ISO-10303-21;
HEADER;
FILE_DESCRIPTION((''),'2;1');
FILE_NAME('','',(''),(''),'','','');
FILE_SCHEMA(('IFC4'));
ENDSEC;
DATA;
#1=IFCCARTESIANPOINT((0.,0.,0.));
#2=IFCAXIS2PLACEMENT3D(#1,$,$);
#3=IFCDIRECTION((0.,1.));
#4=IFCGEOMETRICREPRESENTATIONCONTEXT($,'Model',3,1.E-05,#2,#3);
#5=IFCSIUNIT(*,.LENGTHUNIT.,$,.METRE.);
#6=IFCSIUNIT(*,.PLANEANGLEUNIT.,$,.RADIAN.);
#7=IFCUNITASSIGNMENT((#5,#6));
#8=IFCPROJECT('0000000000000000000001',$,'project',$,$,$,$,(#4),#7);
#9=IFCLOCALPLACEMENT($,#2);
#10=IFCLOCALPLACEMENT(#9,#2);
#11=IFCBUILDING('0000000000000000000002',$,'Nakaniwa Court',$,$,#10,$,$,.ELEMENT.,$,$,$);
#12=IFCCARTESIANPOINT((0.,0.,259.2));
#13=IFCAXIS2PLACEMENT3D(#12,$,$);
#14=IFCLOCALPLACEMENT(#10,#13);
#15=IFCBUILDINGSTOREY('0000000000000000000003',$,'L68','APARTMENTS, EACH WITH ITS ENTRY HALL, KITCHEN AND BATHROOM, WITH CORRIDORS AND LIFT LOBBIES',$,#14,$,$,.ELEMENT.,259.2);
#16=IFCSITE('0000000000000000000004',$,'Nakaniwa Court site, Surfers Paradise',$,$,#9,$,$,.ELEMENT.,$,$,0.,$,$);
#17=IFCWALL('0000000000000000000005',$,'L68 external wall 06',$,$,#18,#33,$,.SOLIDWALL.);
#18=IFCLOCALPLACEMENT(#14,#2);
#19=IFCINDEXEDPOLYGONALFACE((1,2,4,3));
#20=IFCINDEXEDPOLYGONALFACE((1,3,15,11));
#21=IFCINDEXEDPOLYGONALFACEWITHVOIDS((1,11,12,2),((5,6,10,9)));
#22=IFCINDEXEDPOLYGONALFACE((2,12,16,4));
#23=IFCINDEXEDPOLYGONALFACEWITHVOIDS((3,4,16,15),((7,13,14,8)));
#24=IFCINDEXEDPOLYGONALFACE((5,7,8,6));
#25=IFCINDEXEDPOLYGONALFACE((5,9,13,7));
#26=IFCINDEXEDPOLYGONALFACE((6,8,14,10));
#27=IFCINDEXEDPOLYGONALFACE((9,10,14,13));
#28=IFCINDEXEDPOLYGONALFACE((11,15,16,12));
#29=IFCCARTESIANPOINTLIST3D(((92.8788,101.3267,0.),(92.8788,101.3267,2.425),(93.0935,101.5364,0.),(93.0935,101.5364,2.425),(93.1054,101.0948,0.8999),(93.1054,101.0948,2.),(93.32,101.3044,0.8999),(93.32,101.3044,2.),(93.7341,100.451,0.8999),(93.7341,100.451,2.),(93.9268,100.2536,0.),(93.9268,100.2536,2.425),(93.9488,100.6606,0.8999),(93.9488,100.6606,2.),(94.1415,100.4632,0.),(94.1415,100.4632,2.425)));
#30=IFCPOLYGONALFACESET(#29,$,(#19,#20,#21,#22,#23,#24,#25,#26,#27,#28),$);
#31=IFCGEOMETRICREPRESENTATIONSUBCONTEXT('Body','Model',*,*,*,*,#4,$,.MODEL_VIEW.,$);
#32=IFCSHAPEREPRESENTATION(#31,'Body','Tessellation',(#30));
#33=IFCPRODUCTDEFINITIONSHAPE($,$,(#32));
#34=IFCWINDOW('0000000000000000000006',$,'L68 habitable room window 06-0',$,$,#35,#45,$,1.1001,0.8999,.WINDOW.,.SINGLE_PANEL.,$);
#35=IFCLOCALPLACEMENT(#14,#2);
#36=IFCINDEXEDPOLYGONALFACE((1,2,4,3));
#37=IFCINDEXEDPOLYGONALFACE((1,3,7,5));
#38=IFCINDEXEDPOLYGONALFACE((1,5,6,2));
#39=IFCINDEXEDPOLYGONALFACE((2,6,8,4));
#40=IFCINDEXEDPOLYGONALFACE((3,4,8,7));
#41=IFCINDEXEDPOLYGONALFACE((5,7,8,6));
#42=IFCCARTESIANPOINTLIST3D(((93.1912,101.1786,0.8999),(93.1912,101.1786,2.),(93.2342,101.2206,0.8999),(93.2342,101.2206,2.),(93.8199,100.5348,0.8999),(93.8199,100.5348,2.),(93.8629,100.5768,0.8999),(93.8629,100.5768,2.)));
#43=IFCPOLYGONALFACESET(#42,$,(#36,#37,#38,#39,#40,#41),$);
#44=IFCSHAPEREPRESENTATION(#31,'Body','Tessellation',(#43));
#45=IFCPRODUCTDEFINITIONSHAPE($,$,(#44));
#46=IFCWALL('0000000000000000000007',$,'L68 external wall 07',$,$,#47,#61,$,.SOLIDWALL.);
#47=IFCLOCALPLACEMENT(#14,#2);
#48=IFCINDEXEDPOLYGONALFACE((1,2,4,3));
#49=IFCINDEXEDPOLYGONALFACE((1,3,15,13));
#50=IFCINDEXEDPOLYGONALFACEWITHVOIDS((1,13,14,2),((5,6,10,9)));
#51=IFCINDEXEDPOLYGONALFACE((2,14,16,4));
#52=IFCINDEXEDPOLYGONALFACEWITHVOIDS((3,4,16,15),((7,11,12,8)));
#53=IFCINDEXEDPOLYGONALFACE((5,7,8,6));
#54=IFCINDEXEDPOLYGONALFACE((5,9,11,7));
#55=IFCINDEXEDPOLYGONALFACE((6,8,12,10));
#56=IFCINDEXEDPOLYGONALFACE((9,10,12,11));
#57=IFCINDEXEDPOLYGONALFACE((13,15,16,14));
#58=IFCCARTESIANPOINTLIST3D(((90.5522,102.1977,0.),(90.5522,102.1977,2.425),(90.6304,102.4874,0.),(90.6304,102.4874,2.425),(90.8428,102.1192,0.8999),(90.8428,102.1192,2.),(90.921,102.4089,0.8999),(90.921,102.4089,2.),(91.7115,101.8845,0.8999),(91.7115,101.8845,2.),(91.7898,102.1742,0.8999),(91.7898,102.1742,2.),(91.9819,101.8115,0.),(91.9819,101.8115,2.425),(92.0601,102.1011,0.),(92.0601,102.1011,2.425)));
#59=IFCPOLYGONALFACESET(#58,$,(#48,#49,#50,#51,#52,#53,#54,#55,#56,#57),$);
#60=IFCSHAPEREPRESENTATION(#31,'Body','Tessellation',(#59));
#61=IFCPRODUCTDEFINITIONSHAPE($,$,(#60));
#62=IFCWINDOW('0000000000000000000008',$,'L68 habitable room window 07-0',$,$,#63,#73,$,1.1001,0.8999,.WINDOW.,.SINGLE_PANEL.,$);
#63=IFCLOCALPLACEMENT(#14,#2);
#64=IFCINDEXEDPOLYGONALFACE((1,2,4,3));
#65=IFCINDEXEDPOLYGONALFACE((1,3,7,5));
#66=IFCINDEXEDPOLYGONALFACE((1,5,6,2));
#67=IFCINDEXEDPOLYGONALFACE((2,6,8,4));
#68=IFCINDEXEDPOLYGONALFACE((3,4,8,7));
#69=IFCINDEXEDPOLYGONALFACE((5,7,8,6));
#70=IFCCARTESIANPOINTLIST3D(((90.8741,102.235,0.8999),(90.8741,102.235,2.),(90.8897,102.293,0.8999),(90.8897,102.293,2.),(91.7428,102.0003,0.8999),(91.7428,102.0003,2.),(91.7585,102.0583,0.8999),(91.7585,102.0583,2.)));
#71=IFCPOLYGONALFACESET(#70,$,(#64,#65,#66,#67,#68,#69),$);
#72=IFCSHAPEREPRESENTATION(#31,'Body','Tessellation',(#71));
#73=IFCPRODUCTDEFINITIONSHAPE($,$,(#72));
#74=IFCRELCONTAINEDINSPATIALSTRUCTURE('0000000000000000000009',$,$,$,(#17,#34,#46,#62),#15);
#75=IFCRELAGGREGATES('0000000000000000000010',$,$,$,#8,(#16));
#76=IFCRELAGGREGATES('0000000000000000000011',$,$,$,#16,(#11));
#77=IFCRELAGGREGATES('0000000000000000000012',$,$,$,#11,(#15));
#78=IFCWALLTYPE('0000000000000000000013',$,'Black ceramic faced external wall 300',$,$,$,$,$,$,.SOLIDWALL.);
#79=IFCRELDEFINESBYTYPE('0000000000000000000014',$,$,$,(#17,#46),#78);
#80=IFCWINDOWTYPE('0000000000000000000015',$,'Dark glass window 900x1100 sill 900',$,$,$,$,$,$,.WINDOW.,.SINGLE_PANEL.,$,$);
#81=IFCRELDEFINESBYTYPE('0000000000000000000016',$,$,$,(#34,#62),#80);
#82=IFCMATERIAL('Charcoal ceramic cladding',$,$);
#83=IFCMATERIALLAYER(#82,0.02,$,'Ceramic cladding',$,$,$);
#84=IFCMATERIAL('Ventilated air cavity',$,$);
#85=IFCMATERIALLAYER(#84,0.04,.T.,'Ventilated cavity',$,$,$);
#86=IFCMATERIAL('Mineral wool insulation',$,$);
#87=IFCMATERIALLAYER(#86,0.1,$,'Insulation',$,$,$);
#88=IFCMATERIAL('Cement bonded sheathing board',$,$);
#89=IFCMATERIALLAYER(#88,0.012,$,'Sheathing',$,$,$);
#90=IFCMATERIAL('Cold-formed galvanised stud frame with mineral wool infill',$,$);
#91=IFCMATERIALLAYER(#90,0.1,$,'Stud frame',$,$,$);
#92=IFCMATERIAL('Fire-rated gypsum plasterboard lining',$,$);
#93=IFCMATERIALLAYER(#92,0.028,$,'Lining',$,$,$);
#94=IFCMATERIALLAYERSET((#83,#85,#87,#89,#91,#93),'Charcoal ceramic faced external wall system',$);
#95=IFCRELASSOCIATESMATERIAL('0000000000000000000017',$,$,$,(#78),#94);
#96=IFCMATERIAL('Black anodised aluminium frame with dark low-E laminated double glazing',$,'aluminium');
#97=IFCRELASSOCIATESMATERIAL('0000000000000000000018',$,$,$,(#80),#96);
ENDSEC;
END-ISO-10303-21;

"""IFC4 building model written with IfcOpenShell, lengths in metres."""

from ifc_helpers import new_model, si_unit, direction, frame, frame_2d, origin, place, context, subcontext, project, spatial, rectangle, extrude, material, layer, layer_set, type_object, element, fill, save


model = new_model("IFC4")

# Units and contexts
model_context = context("Model", 3, precision=1e-05, world=origin(), true_north=direction((0.0, 1.0)))
body_context = subcontext(model_context, "Body", "Model", "MODEL_VIEW")
ifc_project = project(units=[si_unit("LENGTHUNIT", "METRE"), si_unit("PLANEANGLEUNIT", "RADIAN")], contexts=[model_context])

# Site, building, storey
site_placement = place(None, origin())
site = spatial("IfcSite", under=ifc_project, at=site_placement, Name="Nakaniwa Court site, Surfers Paradise", CompositionType="ELEMENT", RefElevation=0.0)
building_placement = place(site_placement, origin())
building = spatial("IfcBuilding", under=site, at=building_placement, Name="Nakaniwa Court", CompositionType="ELEMENT")
storey_placement = place(building_placement, frame((0.0, 0.0, 259.2)))
storey = spatial("IfcBuildingStorey", under=building, at=storey_placement, Name="L68", Description="APARTMENTS, EACH WITH ITS ENTRY HALL, KITCHEN AND BATHROOM, WITH CORRIDORS AND LIFT LOBBIES", CompositionType="ELEMENT", Elevation=259.2)

# Walls, openings, windows
ifc_material_1 = material(Name="Charcoal ceramic cladding")
ifc_layer_1 = layer(ifc_material_1, 0.02, Name="Ceramic cladding")
ifc_material_2 = material(Name="Ventilated air cavity")
ifc_layer_2 = layer(ifc_material_2, 0.04, ventilated=True, Name="Ventilated cavity")
ifc_material_3 = material(Name="Mineral wool insulation")
ifc_layer_3 = layer(ifc_material_3, 0.1, Name="Insulation")
ifc_material_4 = material(Name="Cement bonded sheathing board")
ifc_layer_4 = layer(ifc_material_4, 0.012, Name="Sheathing")
ifc_material_5 = material(Name="Cold-formed galvanised stud frame with mineral wool infill")
ifc_layer_5 = layer(ifc_material_5, 0.1, Name="Stud frame")
ifc_material_6 = material(Name="Fire-rated gypsum plasterboard lining")
ifc_layer_6 = layer(ifc_material_6, 0.028, Name="Lining")
ifc_layer_set_1 = layer_set([ifc_layer_1, ifc_layer_2, ifc_layer_3, ifc_layer_4, ifc_layer_5, ifc_layer_6], Name="Charcoal ceramic faced external wall system")
wall_type_1 = type_object("IfcWallType", Name="Black ceramic faced external wall 300", PredefinedType="SOLIDWALL", material=ifc_layer_set_1)
ifc_material_7 = material(Name="Black anodised aluminium frame with dark low-E laminated double glazing", Category="aluminium")
wall_1_placement = place(storey_placement, frame((94.0342, 100.3584, 0.0), z_axis=(0.0, 0.0, 1.0), x_axis=(-0.698676, 0.715439, 0.0)))
wall_1 = element("IfcWall", 1, at=wall_1_placement, inside=storey, type_object=wall_type_1, Name="L68 external wall 06", PredefinedType="SOLIDWALL", context=body_context, shape_type="SweptSolid", body=[
    extrude(rectangle(XDim=1.5, YDim=0.3, at=frame_2d((0.75, 0.0))), origin(), (0.0, 0.0, 1.0), 2.425),
])
opening_1_placement = place(wall_1_placement, frame((0.2759, 0.0, 0.8999)))
opening_1 = element("IfcOpeningElement", 2, at=opening_1_placement, cuts=wall_1, PredefinedType="OPENING", context=body_context, shape_type="SweptSolid", body=[
    extrude(rectangle(XDim=0.8999, YDim=1.1001, at=frame_2d((0.45, 0.55))), frame((0.0, 0.1599, 0.0), z_axis=(0.0, -1.0, 0.0), x_axis=(1.0, 0.0, 0.0)), (0.0, 0.0, 1.0), 0.3201),
])
window_type_1 = type_object("IfcWindowType", Name="Dark glass window 900x1100 sill 900", PartitioningType="SINGLE_PANEL", PredefinedType="WINDOW", material=ifc_material_7)
window_1_placement = place(opening_1_placement, origin())
window_1 = element("IfcWindow", 3, at=window_1_placement, inside=storey, type_object=window_type_1, Name="L68 habitable room window 06-0", OverallHeight=1.1001, OverallWidth=0.8999, PartitioningType="SINGLE_PANEL", PredefinedType="WINDOW", context=body_context, shape_type="SweptSolid", body=[
    extrude(rectangle(XDim=0.8999, YDim=1.1001, at=frame_2d((0.45, 0.55))), frame((0.0, 0.03, 0.0), z_axis=(0.0, -1.0, 0.0), x_axis=(1.0, 0.0, 0.0)), (0.0, 0.0, 1.0), 0.0601),
])
fill(opening_1, window_1)
wall_2_placement = place(storey_placement, frame((92.021, 101.9563, 0.0), z_axis=(0.0, 0.0, 1.0), x_axis=(-0.965393, 0.260801, 0.0)))
wall_2 = element("IfcWall", 4, at=wall_2_placement, inside=storey, type_object=wall_type_1, Name="L68 external wall 07", PredefinedType="SOLIDWALL", context=body_context, shape_type="SweptSolid", body=[
    extrude(rectangle(XDim=1.481, YDim=0.3, at=frame_2d((0.7405, 0.0))), origin(), (0.0, 0.0, 1.0), 2.425),
])
opening_2_placement = place(wall_2_placement, frame((0.28, 0.0, 0.8999)))
opening_2 = element("IfcOpeningElement", 5, at=opening_2_placement, cuts=wall_2, PredefinedType="OPENING", context=body_context, shape_type="SweptSolid", body=[
    extrude(rectangle(XDim=0.8999, YDim=1.1001, at=frame_2d((0.45, 0.55))), frame((0.0, 0.1599, 0.0), z_axis=(0.0, -1.0, 0.0), x_axis=(1.0, 0.0, 0.0)), (0.0, 0.0, 1.0), 0.3201),
])
window_2_placement = place(opening_2_placement, origin())
window_2 = element("IfcWindow", 6, at=window_2_placement, inside=storey, type_object=window_type_1, Name="L68 habitable room window 07-0", OverallHeight=1.1001, OverallWidth=0.8999, PartitioningType="SINGLE_PANEL", PredefinedType="WINDOW", context=body_context, shape_type="SweptSolid", body=[
    extrude(rectangle(XDim=0.8999, YDim=1.1001, at=frame_2d((0.45, 0.55))), frame((0.0, 0.03, 0.0), z_axis=(0.0, -1.0, 0.0), x_axis=(1.0, 0.0, 0.0)), (0.0, 0.0, 1.0), 0.0601),
])
fill(opening_2, window_2)

save(model, "model.ifc")
